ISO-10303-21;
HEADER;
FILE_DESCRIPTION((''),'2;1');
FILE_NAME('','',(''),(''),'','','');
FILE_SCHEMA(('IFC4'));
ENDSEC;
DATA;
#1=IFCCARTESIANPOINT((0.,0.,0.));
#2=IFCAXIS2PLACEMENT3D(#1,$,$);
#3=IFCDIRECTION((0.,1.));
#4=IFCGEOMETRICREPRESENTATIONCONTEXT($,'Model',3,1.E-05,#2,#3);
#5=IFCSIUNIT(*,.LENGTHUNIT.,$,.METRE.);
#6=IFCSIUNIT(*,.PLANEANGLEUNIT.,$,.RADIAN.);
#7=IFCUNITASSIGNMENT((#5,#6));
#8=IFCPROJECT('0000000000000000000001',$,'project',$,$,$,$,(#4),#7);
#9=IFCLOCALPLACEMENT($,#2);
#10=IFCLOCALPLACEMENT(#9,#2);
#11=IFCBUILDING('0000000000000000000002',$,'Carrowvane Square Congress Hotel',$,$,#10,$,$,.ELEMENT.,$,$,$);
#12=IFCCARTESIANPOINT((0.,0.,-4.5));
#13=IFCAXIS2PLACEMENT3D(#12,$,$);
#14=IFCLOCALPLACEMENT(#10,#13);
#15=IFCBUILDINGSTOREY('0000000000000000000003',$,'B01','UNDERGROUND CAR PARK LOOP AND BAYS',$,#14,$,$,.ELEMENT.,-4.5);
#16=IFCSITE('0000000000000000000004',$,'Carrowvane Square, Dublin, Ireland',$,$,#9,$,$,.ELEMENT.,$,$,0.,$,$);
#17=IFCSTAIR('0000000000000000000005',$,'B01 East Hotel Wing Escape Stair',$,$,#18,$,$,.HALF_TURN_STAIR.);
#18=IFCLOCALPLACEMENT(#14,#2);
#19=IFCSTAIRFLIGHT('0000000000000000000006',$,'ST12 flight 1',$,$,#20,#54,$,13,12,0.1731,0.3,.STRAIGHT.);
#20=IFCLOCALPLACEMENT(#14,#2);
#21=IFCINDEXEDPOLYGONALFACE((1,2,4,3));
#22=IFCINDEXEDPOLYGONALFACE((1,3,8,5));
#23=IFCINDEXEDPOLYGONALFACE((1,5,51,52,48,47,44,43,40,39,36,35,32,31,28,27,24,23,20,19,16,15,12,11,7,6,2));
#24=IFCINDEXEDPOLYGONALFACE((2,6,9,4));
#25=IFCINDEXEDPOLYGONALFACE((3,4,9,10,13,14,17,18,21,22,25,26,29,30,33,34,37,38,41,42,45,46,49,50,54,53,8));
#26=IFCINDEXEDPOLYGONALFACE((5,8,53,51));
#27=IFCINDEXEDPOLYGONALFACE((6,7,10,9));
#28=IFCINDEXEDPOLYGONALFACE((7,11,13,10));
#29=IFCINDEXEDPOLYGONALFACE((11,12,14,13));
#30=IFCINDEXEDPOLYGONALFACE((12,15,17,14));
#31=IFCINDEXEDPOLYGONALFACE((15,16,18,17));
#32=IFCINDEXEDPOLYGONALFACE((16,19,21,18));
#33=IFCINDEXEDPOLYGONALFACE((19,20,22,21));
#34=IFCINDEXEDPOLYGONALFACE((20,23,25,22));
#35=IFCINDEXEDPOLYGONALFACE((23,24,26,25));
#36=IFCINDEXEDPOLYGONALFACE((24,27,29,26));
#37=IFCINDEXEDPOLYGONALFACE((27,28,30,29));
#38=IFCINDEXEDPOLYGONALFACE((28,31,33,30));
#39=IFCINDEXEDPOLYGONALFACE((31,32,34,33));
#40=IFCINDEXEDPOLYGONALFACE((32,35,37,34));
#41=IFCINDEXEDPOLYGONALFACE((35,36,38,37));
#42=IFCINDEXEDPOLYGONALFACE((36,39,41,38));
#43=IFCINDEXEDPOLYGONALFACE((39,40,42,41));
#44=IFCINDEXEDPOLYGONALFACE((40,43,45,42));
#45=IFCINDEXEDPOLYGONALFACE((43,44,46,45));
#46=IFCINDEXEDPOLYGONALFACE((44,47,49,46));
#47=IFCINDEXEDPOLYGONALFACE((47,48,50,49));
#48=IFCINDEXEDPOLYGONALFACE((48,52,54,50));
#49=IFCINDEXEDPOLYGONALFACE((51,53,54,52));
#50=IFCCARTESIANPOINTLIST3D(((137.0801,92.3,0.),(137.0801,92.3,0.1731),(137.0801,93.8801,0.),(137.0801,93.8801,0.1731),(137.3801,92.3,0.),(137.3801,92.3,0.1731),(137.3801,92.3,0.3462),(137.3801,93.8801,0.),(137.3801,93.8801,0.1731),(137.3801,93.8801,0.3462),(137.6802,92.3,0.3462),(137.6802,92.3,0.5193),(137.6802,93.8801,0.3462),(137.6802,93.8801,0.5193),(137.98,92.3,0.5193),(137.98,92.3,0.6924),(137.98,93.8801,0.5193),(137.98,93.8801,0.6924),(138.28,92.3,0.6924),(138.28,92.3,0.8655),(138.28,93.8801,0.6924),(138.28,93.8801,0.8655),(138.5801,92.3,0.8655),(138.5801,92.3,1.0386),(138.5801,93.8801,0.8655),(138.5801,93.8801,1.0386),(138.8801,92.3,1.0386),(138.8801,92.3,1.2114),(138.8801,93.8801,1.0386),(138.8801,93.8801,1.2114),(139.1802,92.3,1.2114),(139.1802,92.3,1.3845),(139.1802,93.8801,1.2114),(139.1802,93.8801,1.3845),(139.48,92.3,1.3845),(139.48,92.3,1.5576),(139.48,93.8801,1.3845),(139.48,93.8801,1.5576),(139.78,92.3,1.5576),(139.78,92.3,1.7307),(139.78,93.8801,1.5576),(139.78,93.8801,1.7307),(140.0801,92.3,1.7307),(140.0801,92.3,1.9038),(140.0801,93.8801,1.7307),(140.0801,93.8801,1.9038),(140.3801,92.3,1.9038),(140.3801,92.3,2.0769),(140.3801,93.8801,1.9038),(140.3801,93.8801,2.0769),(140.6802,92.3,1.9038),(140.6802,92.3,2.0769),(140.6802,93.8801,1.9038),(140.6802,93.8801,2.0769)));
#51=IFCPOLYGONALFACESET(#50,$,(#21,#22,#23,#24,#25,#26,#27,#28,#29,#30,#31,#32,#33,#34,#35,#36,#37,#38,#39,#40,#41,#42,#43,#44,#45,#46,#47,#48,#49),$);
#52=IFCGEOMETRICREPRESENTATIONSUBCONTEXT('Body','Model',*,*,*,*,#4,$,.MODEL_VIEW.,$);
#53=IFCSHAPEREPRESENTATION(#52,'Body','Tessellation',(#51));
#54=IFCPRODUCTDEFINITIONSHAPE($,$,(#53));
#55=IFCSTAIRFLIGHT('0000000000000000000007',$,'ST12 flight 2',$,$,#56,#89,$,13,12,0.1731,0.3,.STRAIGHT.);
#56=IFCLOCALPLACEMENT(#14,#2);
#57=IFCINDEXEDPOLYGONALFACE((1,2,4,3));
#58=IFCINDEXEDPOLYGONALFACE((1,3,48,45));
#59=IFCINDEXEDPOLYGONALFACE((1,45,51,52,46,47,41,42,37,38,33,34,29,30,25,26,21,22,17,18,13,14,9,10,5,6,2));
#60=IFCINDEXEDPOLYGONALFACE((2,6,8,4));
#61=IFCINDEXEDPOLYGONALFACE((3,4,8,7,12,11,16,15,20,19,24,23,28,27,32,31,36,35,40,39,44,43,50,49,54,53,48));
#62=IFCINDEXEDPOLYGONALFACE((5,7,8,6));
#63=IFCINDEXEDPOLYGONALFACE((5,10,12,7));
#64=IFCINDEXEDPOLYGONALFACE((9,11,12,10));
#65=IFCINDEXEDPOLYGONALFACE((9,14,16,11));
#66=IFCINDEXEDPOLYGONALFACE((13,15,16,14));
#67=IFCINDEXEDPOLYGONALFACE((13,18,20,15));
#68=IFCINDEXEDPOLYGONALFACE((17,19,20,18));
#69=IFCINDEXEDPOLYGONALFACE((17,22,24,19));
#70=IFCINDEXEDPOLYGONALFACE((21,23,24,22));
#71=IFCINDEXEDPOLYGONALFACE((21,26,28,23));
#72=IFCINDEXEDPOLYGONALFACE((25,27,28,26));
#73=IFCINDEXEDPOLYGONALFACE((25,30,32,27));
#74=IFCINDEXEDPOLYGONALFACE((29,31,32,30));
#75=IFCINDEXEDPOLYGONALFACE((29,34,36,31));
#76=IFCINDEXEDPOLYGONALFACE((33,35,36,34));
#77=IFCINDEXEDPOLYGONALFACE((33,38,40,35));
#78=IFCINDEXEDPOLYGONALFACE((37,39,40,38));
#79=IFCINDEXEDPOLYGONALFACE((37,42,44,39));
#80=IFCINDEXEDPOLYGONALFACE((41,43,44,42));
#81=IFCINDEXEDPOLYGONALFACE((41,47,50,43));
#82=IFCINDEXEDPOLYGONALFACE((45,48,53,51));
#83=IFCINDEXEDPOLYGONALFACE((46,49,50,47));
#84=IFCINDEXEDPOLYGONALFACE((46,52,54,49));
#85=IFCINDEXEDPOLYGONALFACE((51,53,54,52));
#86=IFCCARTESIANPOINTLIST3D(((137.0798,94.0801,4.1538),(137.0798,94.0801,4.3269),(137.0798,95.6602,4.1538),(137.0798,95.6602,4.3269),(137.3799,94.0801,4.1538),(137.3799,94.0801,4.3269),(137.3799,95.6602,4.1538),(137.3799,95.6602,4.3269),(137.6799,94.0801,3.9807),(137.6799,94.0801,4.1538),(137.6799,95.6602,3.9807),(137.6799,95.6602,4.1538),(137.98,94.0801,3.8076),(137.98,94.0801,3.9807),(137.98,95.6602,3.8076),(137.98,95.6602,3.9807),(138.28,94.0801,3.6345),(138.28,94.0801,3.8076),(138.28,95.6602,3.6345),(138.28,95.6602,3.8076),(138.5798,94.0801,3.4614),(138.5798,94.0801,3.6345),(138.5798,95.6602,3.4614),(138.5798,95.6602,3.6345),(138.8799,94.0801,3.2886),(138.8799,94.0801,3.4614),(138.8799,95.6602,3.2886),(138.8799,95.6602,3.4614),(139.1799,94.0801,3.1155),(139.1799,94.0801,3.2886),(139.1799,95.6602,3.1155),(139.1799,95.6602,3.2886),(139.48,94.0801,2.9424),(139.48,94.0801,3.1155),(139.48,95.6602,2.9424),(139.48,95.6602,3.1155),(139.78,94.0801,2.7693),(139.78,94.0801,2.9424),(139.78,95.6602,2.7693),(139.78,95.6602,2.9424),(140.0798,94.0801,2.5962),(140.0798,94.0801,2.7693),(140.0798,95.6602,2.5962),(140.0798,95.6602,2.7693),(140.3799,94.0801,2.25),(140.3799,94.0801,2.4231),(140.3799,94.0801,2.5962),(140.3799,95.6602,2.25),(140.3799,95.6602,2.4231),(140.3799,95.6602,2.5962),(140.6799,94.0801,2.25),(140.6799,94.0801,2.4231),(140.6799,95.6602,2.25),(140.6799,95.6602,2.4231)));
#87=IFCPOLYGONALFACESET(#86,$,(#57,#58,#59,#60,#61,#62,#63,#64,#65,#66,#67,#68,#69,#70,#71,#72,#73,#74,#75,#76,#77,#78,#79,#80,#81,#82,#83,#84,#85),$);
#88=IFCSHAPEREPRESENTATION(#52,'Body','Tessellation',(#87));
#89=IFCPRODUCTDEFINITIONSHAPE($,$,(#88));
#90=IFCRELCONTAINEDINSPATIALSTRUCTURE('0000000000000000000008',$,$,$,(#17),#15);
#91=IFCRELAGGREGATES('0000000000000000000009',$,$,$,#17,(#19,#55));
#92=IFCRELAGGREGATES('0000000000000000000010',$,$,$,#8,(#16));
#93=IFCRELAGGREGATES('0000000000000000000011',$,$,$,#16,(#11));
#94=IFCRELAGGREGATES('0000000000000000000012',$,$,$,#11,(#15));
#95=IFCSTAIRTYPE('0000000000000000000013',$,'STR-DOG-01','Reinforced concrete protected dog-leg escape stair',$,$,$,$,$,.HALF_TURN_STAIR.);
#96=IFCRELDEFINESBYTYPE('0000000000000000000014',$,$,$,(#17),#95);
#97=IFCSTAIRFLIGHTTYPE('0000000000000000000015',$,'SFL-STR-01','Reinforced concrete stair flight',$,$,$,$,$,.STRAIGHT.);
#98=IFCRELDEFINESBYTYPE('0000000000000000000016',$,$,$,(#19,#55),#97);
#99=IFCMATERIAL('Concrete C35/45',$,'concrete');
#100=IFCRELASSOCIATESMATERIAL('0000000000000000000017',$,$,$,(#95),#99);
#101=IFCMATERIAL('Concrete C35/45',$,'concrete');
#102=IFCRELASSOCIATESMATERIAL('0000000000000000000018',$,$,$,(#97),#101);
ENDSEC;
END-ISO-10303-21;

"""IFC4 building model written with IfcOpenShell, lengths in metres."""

from ifc_helpers import new_model, si_unit, direction, frame, origin, place, context, subcontext, project, spatial, polyline, outline, extrude, material, type_object, element, aggregate, save


model = new_model("IFC4")

# Units and contexts
model_context = context("Model", 3, precision=1e-05, world=origin(), true_north=direction((0.0, 1.0)))
body_context = subcontext(model_context, "Body", "Model", "MODEL_VIEW")
ifc_project = project(units=[si_unit("LENGTHUNIT", "METRE"), si_unit("PLANEANGLEUNIT", "RADIAN")], contexts=[model_context])

# Site, building, storey
site_placement = place(None, origin())
site = spatial("IfcSite", under=ifc_project, at=site_placement, Name="Carrowvane Square, Dublin, Ireland", CompositionType="ELEMENT", RefElevation=0.0)
building_placement = place(site_placement, origin())
building = spatial("IfcBuilding", under=site, at=building_placement, Name="Carrowvane Square Congress Hotel", CompositionType="ELEMENT")
storey_placement = place(building_placement, frame((0.0, 0.0, -4.5)))
storey = spatial("IfcBuildingStorey", under=building, at=storey_placement, Name="B01", Description="UNDERGROUND CAR PARK LOOP AND BAYS", CompositionType="ELEMENT", Elevation=-4.5)

# Stair, stair flights
ifc_material_1 = material(Name="Concrete C35/45", Category="concrete")
stair_type = type_object("IfcStairType", Name="STR-DOG-01", Description="Reinforced concrete protected dog-leg escape stair", PredefinedType="HALF_TURN_STAIR", material=ifc_material_1)
stair_placement = place(storey_placement, origin())
stair = element("IfcStair", 1, at=stair_placement, inside=storey, type_object=stair_type, Name="B01 East Hotel Wing Escape Stair", PredefinedType="HALF_TURN_STAIR")
ifc_material_2 = material(Name="Concrete C35/45", Category="concrete")
stair_flight_type = type_object("IfcStairFlightType", Name="SFL-STR-01", Description="Reinforced concrete stair flight", PredefinedType="STRAIGHT", material=ifc_material_2)
stair_flight_1_placement = place(storey_placement, frame((137.0801, 93.0901, 0.0), z_axis=(0.0, 0.0, 1.0), x_axis=(1.0, 0.0, 0.0)))
stair_flight_1 = element("IfcStairFlight", 2, at=stair_flight_1_placement, type_object=stair_flight_type, Name="ST12 flight 1", NumberOfRisers=13, NumberOfTreads=12, PredefinedType="STRAIGHT", RiserHeight=0.1731, TreadLength=0.3, context=body_context, shape_type="SweptSolid", body=[
    extrude(outline(polyline([(0.0, 0.0), (0.0, 0.1731), (0.3, 0.1731), (0.3, 0.3462), (0.6001, 0.3462), (0.6001, 0.5193), (0.8999, 0.5193), (0.8999, 0.6924), (1.2, 0.6924), (1.2, 0.8655), (1.5, 0.8655), (1.5, 1.0386), (1.8, 1.0386), (1.8, 1.2114), (2.1001, 1.2114), (2.1001, 1.3845), (2.3999, 1.3845), (2.3999, 1.5576), (2.7, 1.5576), (2.7, 1.7307), (3.0, 1.7307), (3.0, 1.9038), (3.3, 1.9038), (3.3, 2.0769), (3.6001, 2.0769), (3.6001, 2.25), (3.6001, 1.9038), (0.3, 0.0), (0.0, 0.0)])), frame((0.0, 0.79, 0.0), z_axis=(0.0, -1.0, 0.0), x_axis=(1.0, 0.0, 0.0)), (0.0, 0.0, 1.0), 1.5801),
])
stair_flight_2_placement = place(storey_placement, frame((140.6799, 94.8701, 2.25), z_axis=(0.0, 0.0, 1.0), x_axis=(-1.0, 0.0, 0.0)))
stair_flight_2 = element("IfcStairFlight", 3, at=stair_flight_2_placement, type_object=stair_flight_type, Name="ST12 flight 2", NumberOfRisers=13, NumberOfTreads=12, PredefinedType="STRAIGHT", RiserHeight=0.1731, TreadLength=0.3, context=body_context, shape_type="SweptSolid", body=[
    extrude(outline(polyline([(0.0, 0.0), (0.0, 0.1731), (0.3, 0.1731), (0.3, 0.3462), (0.6001, 0.3462), (0.6001, 0.5193), (0.8999, 0.5193), (0.8999, 0.6924), (1.2, 0.6924), (1.2, 0.8655), (1.5, 0.8655), (1.5, 1.0386), (1.8, 1.0386), (1.8, 1.2114), (2.1001, 1.2114), (2.1001, 1.3845), (2.3999, 1.3845), (2.3999, 1.5576), (2.7, 1.5576), (2.7, 1.7307), (3.0, 1.7307), (3.0, 1.9038), (3.3, 1.9038), (3.3, 2.0769), (3.6001, 2.0769), (3.6001, 2.25), (3.6001, 1.9038), (0.3, 0.0), (0.0, 0.0)])), frame((0.0, 0.79, 0.0), z_axis=(0.0, -1.0, 0.0), x_axis=(1.0, 0.0, 0.0)), (0.0, 0.0, 1.0), 1.5801),
])
aggregate(stair, [stair_flight_1, stair_flight_2])

save(model, "model.ifc")
